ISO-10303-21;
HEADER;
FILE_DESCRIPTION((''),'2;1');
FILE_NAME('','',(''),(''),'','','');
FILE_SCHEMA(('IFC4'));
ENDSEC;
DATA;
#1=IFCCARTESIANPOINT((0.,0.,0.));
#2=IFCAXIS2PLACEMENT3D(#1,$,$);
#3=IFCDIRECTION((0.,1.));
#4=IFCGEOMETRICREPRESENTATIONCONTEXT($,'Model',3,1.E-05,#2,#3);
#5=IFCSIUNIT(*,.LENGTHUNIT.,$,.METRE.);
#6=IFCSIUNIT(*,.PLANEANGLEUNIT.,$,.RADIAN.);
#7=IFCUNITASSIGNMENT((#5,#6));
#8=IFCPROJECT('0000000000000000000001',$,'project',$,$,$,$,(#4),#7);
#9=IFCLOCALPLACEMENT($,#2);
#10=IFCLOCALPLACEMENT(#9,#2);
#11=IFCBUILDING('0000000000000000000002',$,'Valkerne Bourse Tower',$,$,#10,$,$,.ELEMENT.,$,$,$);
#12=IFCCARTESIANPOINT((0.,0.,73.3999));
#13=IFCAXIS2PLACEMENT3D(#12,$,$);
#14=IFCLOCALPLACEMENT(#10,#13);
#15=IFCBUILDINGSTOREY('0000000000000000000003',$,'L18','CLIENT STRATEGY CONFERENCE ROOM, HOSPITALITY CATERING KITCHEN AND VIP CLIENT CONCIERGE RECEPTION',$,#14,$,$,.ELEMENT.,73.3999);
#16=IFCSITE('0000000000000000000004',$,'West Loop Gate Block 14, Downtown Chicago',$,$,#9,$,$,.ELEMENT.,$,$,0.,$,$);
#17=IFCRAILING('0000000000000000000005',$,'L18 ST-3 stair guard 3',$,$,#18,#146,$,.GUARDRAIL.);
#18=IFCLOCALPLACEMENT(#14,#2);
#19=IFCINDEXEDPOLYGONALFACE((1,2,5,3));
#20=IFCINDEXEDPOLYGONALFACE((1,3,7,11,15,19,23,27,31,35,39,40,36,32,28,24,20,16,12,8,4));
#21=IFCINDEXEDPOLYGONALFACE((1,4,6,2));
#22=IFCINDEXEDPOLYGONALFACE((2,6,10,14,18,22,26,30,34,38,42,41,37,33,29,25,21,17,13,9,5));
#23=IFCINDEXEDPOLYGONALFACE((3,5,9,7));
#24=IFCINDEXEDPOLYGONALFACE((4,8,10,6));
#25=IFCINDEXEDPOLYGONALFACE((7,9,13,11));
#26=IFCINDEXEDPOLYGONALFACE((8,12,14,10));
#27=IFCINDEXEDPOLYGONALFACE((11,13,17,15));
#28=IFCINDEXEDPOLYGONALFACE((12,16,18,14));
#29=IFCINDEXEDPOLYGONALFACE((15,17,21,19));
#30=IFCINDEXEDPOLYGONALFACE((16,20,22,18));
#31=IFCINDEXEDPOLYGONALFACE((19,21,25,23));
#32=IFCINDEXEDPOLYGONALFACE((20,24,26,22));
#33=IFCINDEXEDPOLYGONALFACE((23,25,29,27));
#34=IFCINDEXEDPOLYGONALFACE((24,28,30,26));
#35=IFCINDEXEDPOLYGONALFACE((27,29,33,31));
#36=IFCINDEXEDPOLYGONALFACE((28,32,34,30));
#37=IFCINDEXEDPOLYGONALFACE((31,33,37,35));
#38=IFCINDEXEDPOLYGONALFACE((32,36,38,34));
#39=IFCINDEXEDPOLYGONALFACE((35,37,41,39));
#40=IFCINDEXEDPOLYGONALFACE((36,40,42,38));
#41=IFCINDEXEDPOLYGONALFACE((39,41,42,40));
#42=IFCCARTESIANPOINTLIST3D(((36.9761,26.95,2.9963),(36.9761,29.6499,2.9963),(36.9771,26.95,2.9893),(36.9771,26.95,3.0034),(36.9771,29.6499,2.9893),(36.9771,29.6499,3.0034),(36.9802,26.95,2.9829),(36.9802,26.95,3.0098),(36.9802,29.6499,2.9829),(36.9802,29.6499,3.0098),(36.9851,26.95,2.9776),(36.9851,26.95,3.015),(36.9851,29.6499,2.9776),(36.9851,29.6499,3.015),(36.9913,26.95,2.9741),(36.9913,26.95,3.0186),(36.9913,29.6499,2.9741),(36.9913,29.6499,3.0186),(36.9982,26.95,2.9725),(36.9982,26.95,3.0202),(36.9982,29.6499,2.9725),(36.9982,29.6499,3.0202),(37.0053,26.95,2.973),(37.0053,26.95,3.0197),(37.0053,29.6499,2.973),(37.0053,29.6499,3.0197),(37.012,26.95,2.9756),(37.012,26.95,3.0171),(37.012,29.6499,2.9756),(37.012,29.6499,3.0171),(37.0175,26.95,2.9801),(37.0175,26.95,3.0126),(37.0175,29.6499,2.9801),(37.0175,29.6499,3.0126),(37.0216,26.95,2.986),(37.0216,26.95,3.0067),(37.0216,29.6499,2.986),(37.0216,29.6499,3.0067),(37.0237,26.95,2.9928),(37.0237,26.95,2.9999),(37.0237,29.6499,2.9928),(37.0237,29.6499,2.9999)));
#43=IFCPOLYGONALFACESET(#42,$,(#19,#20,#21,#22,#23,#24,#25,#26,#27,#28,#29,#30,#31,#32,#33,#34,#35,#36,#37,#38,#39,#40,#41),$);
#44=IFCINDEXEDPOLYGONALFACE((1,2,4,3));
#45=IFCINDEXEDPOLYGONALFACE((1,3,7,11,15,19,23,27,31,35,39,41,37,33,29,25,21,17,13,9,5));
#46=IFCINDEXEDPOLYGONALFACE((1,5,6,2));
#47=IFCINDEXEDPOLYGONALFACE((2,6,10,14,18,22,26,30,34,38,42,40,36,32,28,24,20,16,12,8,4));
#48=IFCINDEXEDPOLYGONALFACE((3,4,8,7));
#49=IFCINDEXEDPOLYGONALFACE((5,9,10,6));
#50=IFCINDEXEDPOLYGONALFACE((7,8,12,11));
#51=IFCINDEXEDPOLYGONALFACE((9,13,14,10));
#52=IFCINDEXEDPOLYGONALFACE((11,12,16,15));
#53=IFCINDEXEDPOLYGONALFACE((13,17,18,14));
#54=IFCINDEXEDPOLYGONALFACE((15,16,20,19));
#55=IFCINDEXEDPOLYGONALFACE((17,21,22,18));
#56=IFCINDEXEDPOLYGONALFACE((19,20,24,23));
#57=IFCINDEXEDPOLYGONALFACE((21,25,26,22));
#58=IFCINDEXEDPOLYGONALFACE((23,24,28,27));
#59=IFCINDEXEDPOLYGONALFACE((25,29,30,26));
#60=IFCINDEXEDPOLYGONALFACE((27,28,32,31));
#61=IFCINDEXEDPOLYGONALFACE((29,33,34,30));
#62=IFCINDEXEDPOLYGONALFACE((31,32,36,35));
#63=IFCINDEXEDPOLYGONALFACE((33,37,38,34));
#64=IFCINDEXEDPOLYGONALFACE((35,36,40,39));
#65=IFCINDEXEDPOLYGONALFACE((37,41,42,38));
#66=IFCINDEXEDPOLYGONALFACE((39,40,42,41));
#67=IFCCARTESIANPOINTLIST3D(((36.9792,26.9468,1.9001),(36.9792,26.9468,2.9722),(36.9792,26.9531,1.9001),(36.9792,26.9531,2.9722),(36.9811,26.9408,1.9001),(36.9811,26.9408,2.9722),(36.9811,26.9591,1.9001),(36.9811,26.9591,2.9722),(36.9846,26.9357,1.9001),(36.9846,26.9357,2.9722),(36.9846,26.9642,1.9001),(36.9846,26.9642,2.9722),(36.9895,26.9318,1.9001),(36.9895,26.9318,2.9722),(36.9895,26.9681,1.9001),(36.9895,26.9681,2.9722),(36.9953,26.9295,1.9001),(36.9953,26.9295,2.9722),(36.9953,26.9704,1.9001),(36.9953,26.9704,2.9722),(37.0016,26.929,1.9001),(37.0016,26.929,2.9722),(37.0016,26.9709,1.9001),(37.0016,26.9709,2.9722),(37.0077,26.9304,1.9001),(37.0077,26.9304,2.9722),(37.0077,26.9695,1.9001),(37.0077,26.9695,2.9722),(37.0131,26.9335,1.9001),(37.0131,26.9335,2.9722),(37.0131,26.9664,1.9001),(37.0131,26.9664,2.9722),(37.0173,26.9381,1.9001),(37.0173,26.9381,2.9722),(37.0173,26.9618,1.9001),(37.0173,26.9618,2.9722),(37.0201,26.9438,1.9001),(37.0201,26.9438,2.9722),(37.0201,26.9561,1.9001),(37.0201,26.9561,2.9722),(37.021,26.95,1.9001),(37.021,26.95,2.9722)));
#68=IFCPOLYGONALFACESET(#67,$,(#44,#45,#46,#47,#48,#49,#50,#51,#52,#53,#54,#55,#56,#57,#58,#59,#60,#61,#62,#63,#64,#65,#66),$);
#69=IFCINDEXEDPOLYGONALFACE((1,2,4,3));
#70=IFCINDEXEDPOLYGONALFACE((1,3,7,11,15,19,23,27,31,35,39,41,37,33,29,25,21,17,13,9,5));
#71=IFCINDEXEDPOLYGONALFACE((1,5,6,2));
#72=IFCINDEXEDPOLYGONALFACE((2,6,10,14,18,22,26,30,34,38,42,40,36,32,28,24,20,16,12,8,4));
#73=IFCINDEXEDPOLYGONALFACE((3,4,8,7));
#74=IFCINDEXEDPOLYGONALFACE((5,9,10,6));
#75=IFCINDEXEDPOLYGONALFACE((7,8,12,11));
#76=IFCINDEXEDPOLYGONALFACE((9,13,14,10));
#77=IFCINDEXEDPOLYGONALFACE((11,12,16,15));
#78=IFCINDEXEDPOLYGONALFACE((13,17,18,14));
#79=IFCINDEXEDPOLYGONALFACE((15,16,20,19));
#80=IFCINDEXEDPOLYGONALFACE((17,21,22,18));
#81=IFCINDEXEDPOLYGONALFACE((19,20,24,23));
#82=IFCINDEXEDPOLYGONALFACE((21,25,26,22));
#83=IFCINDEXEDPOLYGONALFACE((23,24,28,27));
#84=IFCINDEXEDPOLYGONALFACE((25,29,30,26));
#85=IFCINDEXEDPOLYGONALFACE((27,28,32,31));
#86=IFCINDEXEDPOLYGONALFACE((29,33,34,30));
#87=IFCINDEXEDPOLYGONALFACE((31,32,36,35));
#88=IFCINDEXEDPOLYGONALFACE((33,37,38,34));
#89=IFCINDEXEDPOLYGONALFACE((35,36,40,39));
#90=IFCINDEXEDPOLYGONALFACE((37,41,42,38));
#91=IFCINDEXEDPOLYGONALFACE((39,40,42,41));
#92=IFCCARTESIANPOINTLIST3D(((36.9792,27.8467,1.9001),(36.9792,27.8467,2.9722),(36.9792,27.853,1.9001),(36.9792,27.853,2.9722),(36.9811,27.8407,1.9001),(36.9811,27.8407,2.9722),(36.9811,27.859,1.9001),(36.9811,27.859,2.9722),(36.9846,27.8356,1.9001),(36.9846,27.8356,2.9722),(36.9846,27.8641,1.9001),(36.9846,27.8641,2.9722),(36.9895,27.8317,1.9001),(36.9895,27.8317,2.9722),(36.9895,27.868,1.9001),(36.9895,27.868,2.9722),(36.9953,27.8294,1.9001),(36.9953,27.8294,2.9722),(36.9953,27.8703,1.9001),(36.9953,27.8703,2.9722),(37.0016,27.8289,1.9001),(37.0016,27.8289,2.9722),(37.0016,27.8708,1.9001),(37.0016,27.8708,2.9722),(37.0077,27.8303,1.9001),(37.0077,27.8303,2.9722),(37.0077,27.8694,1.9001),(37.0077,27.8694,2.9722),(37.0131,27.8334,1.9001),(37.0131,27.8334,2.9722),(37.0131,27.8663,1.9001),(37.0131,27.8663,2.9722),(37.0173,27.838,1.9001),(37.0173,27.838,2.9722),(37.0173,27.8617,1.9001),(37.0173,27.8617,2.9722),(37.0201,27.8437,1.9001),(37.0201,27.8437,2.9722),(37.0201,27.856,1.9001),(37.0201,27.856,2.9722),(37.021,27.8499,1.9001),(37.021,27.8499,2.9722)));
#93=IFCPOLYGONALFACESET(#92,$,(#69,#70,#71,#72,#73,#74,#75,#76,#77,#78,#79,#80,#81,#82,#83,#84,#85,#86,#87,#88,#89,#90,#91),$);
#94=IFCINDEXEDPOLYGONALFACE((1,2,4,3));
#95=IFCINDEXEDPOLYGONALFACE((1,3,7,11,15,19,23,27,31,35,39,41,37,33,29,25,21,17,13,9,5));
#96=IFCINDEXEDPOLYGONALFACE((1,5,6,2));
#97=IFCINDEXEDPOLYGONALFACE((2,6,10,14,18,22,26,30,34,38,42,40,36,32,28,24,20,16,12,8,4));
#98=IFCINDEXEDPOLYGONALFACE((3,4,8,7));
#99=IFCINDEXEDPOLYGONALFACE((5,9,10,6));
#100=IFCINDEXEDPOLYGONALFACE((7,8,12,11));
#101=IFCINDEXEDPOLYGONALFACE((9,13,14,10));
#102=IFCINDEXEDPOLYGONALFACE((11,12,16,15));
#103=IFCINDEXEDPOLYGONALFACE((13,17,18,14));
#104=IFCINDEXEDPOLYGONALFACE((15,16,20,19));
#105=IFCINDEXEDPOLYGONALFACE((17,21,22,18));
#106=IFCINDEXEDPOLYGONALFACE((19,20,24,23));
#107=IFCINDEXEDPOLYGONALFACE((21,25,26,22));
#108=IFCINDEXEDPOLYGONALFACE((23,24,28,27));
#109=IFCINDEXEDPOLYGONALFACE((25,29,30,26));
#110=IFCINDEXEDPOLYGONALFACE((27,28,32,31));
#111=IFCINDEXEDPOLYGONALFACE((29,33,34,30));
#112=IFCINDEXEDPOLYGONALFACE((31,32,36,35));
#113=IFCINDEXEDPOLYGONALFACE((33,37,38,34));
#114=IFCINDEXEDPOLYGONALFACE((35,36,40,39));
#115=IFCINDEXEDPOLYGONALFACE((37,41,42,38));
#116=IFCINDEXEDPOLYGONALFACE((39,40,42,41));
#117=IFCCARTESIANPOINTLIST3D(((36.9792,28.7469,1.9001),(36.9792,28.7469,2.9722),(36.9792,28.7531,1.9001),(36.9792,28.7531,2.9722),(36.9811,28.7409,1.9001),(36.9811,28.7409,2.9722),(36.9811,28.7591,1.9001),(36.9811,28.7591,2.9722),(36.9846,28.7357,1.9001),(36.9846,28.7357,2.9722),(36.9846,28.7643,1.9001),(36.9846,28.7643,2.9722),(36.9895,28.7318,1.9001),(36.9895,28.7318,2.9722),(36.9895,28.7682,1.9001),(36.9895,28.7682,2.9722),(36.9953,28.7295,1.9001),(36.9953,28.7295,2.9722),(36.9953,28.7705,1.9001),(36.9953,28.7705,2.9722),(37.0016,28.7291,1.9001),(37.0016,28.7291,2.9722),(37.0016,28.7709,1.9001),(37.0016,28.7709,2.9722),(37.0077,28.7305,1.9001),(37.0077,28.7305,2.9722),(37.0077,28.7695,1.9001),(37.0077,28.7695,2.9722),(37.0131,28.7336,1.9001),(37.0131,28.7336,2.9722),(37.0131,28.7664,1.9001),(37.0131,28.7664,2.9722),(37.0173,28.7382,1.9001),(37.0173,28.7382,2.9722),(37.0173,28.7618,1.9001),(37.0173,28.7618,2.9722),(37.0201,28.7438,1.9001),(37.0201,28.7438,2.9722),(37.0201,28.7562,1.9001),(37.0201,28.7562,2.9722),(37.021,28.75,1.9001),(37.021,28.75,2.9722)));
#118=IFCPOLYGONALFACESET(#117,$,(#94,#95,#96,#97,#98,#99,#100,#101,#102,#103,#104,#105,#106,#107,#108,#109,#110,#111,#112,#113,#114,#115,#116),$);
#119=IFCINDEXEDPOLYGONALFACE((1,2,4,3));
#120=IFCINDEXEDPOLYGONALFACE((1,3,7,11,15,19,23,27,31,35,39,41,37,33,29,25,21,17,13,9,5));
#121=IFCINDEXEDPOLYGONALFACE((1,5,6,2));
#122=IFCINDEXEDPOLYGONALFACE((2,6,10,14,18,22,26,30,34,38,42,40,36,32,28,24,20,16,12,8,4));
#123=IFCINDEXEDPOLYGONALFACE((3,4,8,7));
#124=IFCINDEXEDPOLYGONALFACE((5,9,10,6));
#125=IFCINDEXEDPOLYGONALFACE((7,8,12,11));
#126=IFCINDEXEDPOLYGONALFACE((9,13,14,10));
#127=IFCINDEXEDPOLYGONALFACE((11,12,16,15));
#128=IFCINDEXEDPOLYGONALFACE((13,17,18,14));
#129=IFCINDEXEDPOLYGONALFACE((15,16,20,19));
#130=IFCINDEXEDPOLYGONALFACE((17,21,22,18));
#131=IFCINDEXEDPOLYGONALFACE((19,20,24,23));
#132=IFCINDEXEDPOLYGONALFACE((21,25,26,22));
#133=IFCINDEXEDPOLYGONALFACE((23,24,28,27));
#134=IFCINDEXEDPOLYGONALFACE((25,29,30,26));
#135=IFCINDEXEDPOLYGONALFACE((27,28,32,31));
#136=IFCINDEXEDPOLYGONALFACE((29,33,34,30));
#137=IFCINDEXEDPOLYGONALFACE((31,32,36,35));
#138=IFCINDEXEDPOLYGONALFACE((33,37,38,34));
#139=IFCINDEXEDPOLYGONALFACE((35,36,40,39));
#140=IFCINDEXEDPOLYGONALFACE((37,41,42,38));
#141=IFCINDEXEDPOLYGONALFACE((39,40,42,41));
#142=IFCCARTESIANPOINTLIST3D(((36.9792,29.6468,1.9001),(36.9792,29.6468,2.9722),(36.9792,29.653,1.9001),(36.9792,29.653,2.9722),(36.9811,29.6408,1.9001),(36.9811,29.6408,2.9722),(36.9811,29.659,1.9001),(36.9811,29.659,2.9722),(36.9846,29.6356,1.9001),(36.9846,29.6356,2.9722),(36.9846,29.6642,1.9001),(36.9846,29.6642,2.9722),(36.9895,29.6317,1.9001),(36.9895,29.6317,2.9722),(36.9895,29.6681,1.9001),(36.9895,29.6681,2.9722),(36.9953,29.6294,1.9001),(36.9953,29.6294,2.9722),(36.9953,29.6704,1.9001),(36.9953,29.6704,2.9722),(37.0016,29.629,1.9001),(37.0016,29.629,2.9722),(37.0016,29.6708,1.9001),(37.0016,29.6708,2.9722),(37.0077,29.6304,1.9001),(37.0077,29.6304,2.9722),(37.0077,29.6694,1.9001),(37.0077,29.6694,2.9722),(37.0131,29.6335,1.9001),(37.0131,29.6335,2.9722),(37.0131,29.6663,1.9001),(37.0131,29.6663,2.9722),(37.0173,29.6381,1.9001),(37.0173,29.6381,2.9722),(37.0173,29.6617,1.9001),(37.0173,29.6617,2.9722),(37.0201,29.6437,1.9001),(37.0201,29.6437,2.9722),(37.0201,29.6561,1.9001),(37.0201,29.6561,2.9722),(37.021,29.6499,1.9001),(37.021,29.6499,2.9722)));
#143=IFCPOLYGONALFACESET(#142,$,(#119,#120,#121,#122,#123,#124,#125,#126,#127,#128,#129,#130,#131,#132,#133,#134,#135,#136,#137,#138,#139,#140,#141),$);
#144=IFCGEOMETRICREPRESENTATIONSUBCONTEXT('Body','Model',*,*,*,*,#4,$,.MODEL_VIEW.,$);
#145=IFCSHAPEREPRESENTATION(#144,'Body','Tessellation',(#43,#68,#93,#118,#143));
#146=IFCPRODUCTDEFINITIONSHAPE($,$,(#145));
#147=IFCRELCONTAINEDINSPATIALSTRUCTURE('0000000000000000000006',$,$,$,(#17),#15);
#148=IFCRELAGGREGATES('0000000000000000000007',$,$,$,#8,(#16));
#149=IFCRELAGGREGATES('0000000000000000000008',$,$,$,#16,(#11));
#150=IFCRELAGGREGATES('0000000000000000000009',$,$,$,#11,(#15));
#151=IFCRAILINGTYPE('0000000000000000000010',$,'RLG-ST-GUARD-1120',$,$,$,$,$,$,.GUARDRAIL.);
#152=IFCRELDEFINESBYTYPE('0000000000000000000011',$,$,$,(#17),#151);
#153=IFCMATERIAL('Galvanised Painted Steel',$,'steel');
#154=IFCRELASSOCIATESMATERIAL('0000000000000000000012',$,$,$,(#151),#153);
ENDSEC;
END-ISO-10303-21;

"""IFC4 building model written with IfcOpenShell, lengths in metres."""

from ifc_helpers import new_model, si_unit, direction, frame, origin, origin_2d, place, context, subcontext, project, spatial, circle, extrude, material, type_object, element, save


model = new_model("IFC4")

# Units and contexts
model_context = context("Model", 3, precision=1e-05, world=origin(), true_north=direction((0.0, 1.0)))
body_context = subcontext(model_context, "Body", "Model", "MODEL_VIEW")
ifc_project = project(units=[si_unit("LENGTHUNIT", "METRE"), si_unit("PLANEANGLEUNIT", "RADIAN")], contexts=[model_context])

# Site, building, storey
site_placement = place(None, origin())
site = spatial("IfcSite", under=ifc_project, at=site_placement, Name="West Loop Gate Block 14, Downtown Chicago", CompositionType="ELEMENT", RefElevation=0.0)
building_placement = place(site_placement, origin())
building = spatial("IfcBuilding", under=site, at=building_placement, Name="Valkerne Bourse Tower", CompositionType="ELEMENT")
storey_placement = place(building_placement, frame((0.0, 0.0, 73.3999)))
storey = spatial("IfcBuildingStorey", under=building, at=storey_placement, Name="L18", Description="CLIENT STRATEGY CONFERENCE ROOM, HOSPITALITY CATERING KITCHEN AND VIP CLIENT CONCIERGE RECEPTION", CompositionType="ELEMENT", Elevation=73.3999)

# Shared definitions
ifc_material_1 = material(Name="Galvanised Painted Steel", Category="steel")

# Railing
railing_type_1 = type_object("IfcRailingType", Name="RLG-ST-GUARD-1120", PredefinedType="GUARDRAIL", material=ifc_material_1)
railing_1_placement = place(storey_placement, frame((37.0, 26.95, 1.9001)))
element("IfcRailing", 1, at=railing_1_placement, inside=storey, type_object=railing_type_1, Name="L18 ST-3 stair guard 3", PredefinedType="GUARDRAIL", context=body_context, shape_type="SweptSolid", body=[
    extrude(circle(Radius=0.0239, at=origin_2d()), frame((0.0, 0.0, 1.0962), z_axis=(0.0, 1.0, 0.0), x_axis=(-1.0, 0.0, 0.0)), (0.0, 0.0, 1.0), 2.7),
    extrude(circle(Radius=0.021, at=origin_2d()), origin(), (0.0, 0.0, 1.0), 1.072),
    extrude(circle(Radius=0.021, at=origin_2d()), frame((0.0, 0.8999, 0.0)), (0.0, 0.0, 1.0), 1.072),
    extrude(circle(Radius=0.021, at=origin_2d()), frame((0.0, 1.8, 0.0)), (0.0, 0.0, 1.0), 1.072),
    extrude(circle(Radius=0.021, at=origin_2d()), frame((0.0, 2.7, 0.0)), (0.0, 0.0, 1.0), 1.072),
])

save(model, "model.ifc")
